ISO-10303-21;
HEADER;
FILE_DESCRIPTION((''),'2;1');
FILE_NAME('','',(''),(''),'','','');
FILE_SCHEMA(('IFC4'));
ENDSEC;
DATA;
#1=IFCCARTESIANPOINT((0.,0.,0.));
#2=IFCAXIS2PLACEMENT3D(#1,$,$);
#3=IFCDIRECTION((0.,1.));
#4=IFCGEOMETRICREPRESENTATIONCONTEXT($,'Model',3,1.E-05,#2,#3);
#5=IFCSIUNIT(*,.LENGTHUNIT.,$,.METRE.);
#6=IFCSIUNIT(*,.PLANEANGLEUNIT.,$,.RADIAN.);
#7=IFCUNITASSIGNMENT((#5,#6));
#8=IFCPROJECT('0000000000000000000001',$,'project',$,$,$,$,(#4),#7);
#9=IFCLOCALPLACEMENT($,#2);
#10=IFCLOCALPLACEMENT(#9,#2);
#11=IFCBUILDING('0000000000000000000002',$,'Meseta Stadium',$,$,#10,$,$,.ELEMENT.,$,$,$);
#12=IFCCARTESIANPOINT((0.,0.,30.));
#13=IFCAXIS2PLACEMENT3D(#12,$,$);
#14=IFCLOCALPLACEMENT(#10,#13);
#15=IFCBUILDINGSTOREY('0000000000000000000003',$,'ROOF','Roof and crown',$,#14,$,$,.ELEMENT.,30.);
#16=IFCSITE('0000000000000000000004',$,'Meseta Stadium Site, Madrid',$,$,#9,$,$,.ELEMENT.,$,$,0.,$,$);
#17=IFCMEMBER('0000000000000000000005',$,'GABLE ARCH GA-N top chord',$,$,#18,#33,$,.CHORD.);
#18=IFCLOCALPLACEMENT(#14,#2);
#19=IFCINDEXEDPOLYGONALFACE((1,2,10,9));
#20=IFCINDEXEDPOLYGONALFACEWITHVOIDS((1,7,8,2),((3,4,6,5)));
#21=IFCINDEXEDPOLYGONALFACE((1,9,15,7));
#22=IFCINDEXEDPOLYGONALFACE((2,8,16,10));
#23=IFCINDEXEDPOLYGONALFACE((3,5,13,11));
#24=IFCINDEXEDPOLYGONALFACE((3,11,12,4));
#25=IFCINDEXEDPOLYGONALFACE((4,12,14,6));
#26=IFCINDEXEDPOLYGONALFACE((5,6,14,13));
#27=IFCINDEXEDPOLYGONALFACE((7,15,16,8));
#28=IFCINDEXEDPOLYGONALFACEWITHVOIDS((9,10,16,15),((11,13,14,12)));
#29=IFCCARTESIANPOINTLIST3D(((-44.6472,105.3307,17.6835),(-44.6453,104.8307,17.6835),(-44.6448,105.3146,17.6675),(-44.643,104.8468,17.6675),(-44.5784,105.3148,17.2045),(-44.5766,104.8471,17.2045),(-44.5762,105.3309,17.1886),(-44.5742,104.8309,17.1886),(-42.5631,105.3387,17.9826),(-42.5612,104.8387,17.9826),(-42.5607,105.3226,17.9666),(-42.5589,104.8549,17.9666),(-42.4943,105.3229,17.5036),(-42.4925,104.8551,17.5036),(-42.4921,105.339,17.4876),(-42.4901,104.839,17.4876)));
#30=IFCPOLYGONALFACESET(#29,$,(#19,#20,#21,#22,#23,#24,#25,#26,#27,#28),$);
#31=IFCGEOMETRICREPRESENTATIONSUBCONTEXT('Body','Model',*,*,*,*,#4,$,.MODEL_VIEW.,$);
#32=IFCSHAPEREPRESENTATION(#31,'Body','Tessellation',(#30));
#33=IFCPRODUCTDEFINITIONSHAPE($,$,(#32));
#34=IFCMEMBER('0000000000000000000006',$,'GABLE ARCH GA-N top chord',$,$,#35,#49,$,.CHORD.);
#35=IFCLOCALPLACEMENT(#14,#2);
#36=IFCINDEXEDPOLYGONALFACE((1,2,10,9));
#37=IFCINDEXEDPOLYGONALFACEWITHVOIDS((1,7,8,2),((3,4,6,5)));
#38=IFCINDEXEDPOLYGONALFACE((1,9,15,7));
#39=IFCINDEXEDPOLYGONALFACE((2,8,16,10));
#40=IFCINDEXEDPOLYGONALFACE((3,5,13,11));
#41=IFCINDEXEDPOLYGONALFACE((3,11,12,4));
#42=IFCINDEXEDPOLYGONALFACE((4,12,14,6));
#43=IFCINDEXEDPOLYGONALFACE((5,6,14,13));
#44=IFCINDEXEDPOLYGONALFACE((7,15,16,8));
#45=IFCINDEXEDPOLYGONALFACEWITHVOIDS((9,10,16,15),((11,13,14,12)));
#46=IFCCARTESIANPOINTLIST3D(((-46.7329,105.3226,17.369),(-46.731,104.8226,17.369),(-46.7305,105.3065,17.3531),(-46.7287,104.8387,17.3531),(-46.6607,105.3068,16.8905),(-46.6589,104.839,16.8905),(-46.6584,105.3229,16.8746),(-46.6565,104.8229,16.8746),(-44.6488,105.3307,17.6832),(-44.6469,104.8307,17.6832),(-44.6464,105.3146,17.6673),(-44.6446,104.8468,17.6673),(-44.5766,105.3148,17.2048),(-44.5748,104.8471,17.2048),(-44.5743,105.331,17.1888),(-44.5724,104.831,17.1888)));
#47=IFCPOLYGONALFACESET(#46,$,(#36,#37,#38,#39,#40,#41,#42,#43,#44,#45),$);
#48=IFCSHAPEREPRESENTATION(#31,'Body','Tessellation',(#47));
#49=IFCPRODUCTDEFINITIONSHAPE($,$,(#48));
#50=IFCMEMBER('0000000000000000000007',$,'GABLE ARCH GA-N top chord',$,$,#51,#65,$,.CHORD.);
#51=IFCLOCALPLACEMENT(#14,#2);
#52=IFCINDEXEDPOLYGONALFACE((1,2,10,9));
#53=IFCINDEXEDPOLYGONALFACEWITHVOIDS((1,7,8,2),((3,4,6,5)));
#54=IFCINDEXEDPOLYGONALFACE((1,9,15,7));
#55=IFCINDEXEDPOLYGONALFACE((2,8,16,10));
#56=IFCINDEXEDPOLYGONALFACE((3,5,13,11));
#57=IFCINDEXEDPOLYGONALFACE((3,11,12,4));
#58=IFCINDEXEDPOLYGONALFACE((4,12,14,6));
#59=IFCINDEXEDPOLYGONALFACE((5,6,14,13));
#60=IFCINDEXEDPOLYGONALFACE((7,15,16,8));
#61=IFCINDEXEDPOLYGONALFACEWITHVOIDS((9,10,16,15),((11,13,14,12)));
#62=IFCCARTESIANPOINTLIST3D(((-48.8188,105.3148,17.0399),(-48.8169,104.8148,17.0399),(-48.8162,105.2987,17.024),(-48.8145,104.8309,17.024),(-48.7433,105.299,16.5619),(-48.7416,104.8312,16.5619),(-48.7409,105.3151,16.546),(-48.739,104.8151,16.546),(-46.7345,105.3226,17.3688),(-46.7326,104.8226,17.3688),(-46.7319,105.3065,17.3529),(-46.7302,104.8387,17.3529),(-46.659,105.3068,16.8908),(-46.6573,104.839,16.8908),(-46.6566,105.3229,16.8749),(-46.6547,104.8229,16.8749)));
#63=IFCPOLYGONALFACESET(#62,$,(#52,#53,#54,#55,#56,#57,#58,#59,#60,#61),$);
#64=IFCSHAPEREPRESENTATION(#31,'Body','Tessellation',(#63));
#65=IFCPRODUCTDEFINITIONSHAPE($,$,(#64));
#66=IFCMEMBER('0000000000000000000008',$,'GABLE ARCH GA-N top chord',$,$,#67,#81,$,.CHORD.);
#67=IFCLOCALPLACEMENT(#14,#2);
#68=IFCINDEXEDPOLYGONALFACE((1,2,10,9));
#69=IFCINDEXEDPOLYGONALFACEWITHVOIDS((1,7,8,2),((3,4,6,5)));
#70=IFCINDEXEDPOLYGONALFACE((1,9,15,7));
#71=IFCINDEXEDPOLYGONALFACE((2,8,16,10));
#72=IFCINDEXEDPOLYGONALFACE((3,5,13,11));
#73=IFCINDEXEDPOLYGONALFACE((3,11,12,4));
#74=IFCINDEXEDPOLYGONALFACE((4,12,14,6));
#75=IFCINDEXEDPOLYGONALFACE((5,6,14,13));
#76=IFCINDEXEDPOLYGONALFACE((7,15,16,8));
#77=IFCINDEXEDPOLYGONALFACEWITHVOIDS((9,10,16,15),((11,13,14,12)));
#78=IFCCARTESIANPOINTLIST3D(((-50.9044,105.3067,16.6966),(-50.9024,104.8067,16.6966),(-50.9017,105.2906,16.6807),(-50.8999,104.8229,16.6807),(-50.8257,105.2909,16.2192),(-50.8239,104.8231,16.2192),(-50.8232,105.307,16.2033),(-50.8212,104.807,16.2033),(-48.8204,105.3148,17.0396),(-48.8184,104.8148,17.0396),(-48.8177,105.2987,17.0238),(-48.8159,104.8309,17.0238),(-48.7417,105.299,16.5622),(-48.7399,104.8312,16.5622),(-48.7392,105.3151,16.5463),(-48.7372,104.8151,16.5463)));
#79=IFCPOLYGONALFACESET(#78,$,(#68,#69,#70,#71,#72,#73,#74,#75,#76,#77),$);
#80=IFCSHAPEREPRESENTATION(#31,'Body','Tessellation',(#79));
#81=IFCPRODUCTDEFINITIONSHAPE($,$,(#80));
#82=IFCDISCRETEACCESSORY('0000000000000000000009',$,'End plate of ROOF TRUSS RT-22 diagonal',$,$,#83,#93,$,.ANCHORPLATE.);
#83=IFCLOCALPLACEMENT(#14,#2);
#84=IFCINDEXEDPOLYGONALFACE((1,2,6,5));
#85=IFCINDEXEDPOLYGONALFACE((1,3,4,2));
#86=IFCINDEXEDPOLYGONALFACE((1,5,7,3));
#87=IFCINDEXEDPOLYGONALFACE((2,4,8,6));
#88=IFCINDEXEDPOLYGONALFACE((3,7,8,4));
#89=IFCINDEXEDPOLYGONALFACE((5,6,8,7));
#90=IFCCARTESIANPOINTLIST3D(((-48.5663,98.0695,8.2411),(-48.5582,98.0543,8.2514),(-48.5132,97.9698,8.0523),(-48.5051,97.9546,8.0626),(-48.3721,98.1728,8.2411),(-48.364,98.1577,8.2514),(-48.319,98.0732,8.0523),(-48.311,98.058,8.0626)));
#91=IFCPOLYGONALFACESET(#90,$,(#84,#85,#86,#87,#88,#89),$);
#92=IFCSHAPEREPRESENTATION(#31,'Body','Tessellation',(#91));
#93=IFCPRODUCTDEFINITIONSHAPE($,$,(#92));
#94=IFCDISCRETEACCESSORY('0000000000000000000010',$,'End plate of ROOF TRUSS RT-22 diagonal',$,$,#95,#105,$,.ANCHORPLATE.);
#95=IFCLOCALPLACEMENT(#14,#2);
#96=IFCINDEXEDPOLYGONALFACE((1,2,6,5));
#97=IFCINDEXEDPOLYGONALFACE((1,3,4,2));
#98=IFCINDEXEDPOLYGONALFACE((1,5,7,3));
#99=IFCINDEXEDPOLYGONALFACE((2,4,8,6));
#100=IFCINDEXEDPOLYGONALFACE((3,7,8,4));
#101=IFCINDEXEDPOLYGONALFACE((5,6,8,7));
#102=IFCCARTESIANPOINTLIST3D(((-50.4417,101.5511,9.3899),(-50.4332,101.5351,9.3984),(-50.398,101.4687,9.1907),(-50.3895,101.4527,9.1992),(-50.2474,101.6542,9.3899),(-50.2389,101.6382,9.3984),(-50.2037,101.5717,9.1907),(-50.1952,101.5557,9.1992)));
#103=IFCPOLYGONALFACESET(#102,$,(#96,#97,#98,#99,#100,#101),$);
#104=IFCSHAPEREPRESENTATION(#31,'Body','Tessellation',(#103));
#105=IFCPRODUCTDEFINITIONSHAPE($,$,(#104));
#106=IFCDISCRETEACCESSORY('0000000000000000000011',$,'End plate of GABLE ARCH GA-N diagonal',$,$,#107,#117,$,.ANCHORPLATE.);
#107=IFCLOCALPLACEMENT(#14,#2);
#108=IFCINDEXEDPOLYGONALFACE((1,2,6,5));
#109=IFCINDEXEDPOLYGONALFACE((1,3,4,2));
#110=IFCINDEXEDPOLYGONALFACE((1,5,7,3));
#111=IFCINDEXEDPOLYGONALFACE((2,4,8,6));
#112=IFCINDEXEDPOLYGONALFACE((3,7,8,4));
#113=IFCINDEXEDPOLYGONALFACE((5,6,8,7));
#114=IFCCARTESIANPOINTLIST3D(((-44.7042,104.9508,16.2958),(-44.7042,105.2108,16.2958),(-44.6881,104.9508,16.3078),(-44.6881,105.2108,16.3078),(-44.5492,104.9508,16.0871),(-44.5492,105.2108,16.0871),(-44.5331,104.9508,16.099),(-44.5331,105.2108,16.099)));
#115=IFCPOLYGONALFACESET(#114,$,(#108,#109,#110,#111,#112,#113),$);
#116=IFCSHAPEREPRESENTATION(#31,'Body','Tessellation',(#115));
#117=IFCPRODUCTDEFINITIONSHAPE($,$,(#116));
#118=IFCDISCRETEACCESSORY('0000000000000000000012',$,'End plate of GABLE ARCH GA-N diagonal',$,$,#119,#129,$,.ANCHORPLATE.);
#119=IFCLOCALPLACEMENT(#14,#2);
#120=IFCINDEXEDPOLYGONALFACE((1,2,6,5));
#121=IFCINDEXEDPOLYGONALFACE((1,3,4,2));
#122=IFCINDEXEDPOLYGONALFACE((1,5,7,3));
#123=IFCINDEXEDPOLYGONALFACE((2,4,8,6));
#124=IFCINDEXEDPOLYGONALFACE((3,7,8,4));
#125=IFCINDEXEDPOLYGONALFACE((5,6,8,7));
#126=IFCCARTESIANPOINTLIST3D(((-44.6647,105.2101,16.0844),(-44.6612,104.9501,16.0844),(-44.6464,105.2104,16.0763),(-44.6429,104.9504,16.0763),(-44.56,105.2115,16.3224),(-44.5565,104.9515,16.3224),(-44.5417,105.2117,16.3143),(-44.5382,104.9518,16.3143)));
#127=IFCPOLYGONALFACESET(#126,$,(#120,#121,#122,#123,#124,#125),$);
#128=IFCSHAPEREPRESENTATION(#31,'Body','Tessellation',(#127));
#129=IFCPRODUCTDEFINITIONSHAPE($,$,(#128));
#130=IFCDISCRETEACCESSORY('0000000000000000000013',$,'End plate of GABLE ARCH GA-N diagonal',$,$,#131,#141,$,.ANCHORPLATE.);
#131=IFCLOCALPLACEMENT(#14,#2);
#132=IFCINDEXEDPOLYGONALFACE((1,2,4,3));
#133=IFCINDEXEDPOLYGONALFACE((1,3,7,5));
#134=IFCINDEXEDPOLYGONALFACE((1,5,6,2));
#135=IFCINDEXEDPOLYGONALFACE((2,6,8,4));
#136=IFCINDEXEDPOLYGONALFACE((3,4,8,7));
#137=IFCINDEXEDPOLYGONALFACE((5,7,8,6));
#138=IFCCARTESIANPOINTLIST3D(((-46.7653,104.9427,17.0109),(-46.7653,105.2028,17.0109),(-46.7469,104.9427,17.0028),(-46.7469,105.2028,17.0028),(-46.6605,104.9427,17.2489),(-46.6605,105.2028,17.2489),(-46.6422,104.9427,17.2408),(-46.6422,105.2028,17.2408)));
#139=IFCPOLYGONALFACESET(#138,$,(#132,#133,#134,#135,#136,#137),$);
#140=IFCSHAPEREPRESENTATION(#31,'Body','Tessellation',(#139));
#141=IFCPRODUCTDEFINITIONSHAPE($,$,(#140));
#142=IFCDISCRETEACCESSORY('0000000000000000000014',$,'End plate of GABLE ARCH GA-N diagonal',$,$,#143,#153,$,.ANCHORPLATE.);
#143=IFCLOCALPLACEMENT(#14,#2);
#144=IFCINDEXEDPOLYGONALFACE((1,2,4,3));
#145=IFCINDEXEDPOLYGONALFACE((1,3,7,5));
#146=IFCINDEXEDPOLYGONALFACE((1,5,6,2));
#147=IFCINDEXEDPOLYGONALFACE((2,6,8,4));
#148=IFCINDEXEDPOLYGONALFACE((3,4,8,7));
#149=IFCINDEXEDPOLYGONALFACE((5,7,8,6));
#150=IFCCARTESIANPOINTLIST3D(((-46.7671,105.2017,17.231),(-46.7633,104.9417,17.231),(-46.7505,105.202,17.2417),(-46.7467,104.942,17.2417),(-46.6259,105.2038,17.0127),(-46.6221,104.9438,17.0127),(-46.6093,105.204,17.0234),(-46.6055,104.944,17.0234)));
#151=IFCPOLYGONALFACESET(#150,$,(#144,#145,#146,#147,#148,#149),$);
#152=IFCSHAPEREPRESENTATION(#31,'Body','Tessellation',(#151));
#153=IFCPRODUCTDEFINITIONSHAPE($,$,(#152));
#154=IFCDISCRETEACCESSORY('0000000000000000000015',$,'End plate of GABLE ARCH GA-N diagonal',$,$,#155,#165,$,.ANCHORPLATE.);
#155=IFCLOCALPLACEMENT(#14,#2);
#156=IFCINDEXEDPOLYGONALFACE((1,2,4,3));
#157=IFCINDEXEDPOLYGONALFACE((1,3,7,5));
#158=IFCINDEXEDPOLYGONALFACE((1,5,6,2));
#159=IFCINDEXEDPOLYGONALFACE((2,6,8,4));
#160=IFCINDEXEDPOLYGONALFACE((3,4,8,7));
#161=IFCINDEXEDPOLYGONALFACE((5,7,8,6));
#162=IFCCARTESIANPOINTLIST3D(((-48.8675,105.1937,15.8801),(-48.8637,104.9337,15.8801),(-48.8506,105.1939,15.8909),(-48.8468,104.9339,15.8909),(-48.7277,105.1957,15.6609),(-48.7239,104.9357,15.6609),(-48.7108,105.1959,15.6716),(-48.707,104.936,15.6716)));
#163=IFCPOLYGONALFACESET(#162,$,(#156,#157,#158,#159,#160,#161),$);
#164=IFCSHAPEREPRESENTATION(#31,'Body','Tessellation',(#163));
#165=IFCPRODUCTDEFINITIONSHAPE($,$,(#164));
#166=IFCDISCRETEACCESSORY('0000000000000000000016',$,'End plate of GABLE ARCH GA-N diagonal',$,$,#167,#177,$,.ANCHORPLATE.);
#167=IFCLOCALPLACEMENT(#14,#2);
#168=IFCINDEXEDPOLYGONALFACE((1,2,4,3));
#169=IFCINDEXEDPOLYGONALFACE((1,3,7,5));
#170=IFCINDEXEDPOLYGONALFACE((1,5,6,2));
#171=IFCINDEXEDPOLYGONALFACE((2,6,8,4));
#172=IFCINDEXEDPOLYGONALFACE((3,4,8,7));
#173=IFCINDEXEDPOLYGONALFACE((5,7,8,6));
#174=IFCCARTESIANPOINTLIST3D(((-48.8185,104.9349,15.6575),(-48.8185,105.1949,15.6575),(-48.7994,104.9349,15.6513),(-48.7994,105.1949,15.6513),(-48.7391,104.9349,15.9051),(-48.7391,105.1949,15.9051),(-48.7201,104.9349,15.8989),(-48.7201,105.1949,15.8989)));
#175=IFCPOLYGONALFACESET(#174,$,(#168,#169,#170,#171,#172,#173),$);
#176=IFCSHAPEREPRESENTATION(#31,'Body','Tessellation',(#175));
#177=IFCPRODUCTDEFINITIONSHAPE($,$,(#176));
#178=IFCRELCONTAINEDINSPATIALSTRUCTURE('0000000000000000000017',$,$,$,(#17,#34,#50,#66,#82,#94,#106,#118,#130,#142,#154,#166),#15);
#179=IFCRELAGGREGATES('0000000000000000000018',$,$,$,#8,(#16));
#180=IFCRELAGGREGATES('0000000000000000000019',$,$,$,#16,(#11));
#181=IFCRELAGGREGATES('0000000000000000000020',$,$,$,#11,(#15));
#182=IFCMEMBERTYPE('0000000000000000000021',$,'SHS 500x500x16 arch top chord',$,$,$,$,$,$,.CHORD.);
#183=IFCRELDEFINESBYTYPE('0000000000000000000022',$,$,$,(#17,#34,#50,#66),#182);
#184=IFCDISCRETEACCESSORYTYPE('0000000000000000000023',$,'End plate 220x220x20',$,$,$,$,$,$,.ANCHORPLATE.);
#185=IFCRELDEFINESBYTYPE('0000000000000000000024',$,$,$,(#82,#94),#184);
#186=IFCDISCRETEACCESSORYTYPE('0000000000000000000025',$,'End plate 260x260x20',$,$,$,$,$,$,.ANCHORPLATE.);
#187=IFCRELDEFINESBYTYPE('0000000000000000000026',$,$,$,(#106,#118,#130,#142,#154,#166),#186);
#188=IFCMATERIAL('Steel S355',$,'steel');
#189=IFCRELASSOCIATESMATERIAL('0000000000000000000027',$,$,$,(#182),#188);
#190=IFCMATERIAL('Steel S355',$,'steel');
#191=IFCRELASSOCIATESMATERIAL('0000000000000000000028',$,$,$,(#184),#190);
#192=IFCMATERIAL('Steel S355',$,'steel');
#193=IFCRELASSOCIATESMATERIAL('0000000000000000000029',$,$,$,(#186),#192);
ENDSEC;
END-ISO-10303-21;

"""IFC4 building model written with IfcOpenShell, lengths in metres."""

from ifc_helpers import new_model, si_unit, direction, frame, origin, origin_2d, place, context, subcontext, project, spatial, rectangle, hollow_rectangle, extrude, material, material_profile, profile_set, type_object, element, save


model = new_model("IFC4")

# Units and contexts
model_context = context("Model", 3, precision=1e-05, world=origin(), true_north=direction((0.0, 1.0)))
body_context = subcontext(model_context, "Body", "Model", "MODEL_VIEW")
ifc_project = project(units=[si_unit("LENGTHUNIT", "METRE"), si_unit("PLANEANGLEUNIT", "RADIAN")], contexts=[model_context])

# Site, building, storey
site_placement = place(None, origin())
site = spatial("IfcSite", under=ifc_project, at=site_placement, Name="Meseta Stadium Site, Madrid", CompositionType="ELEMENT", RefElevation=0.0)
building_placement = place(site_placement, origin())
building = spatial("IfcBuilding", under=site, at=building_placement, Name="Meseta Stadium", CompositionType="ELEMENT")
storey_placement = place(building_placement, frame((0.0, 0.0, 30.0)))
storey = spatial("IfcBuildingStorey", under=building, at=storey_placement, Name="ROOF", Description="Roof and crown", CompositionType="ELEMENT", Elevation=30.0)

# Members
ifc_material_1 = material(Name="Steel S355", Category="steel")
ifc_material_profile_1 = material_profile(ifc_material_1, hollow_rectangle(XDim=0.5, YDim=0.5, WallThickness=0.0161, at=origin_2d()), Name="SHS 500x500x16")
ifc_profile_set_1 = profile_set([ifc_material_profile_1], Name="Steel S355")
member_type_1 = type_object("IfcMemberType", Name="SHS 500x500x16 arch top chord", PredefinedType="CHORD", material=ifc_profile_set_1)
member_1_placement = place(storey_placement, frame((-42.5266, 105.0889, 17.7351), z_axis=(-0.989852, -0.003827, -0.142053), x_axis=(0.003866, -0.999993, 0.0)))
element("IfcMember", 1, at=member_1_placement, inside=storey, type_object=member_type_1, Name="GABLE ARCH GA-N top chord", PredefinedType="CHORD", context=body_context, shape_type="SweptSolid", body=[
    extrude(hollow_rectangle(XDim=0.5, YDim=0.5, WallThickness=0.0161, at=origin_2d()), origin(), (0.0, 0.0, 1.0), 2.1055),
])
member_2_placement = place(storey_placement, frame((-44.6106, 105.0808, 17.436), z_axis=(-0.988817, -0.003823, -0.149087), x_axis=(0.003866, -0.999993, 0.0)))
element("IfcMember", 2, at=member_2_placement, inside=storey, type_object=member_type_1, Name="GABLE ARCH GA-N top chord", PredefinedType="CHORD", context=body_context, shape_type="SweptSolid", body=[
    extrude(hollow_rectangle(XDim=0.5, YDim=0.5, WallThickness=0.0161, at=origin_2d()), origin(), (0.0, 0.0, 1.0), 2.1077),
])
member_3_placement = place(storey_placement, frame((-46.6946, 105.0728, 17.1218), z_axis=(-0.987773, -0.003703, -0.155855), x_axis=(0.003748, -0.999993, 0.0)))
element("IfcMember", 3, at=member_3_placement, inside=storey, type_object=member_type_1, Name="GABLE ARCH GA-N top chord", PredefinedType="CHORD", context=body_context, shape_type="SweptSolid", body=[
    extrude(hollow_rectangle(XDim=0.5, YDim=0.5, WallThickness=0.0161, at=origin_2d()), origin(), (0.0, 0.0, 1.0), 2.1101),
])
member_4_placement = place(storey_placement, frame((-48.7788, 105.0649, 16.793), z_axis=(-0.986716, -0.003815, -0.16241), x_axis=(0.003866, -0.999993, 0.0)))
element("IfcMember", 4, at=member_4_placement, inside=storey, type_object=member_type_1, Name="GABLE ARCH GA-N top chord", PredefinedType="CHORD", context=body_context, shape_type="SweptSolid", body=[
    extrude(hollow_rectangle(XDim=0.5, YDim=0.5, WallThickness=0.0161, at=origin_2d()), origin(), (0.0, 0.0, 1.0), 2.1121),
])

# Discrete accessories
ifc_material_2 = material(Name="Steel S355", Category="steel")
ifc_material_profile_2 = material_profile(ifc_material_2, rectangle(XDim=0.22, YDim=0.22, at=origin_2d()), Name="PL 220x220")
ifc_profile_set_2 = profile_set([ifc_material_profile_2], Name="Steel S355")
discrete_accessory_type_1 = type_object("IfcDiscreteAccessoryType", Name="End plate 220x220x20", PredefinedType="ANCHORPLATE", material=ifc_profile_set_2)
for number, where, z_axis, x_axis, name in (
    (5, (-48.4346, 98.0562, 8.157), (-0.403249, 0.75762, -0.513227), (-0.882747, -0.469849, 0.0), "End plate of ROOF TRUSS RT-22 diagonal"),
    (6, (-50.3142, 101.5454, 9.2988), (-0.42425, 0.800015, -0.42425), (-0.883462, -0.468503, 0.0), "End plate of ROOF TRUSS RT-22 diagonal"),
):
    element("IfcDiscreteAccessory", number, at=place(storey_placement, frame(where, z_axis=z_axis, x_axis=x_axis)), inside=storey, type_object=discrete_accessory_type_1, Name=name, PredefinedType="ANCHORPLATE", context=body_context, shape_type="SweptSolid", body=[
        extrude(rectangle(XDim=0.22, YDim=0.22, at=origin_2d()), origin(), (0.0, 0.0, 1.0), 0.02),
    ])
ifc_material_3 = material(Name="Steel S355", Category="steel")
ifc_material_profile_3 = material_profile(ifc_material_3, rectangle(XDim=0.26, YDim=0.26, at=origin_2d()), Name="PL 260x260")
ifc_profile_set_3 = profile_set([ifc_material_profile_3], Name="Steel S355")
discrete_accessory_type_2 = type_object("IfcDiscreteAccessoryType", Name="End plate 260x260x20", PredefinedType="ANCHORPLATE", material=ifc_profile_set_3)
for number, where, z_axis, x_axis, name in (
    (7, (-44.6106, 105.0808, 16.2034), (-0.80291, 0.0, -0.5961), (0.0, -1.0, 0.0), "End plate of GABLE ARCH GA-N diagonal"),
    (8, (-44.5923, 105.0811, 16.1953), (-0.915247, -0.012203, 0.402709), (0.013332, -0.999911, 0.0), "End plate of GABLE ARCH GA-N diagonal"),
    (9, (-46.6946, 105.0728, 17.1218), (-0.915315, 0.0, 0.402739), (0.0, -1.0, 0.0), "End plate of GABLE ARCH GA-N diagonal"),
):
    element("IfcDiscreteAccessory", number, at=place(storey_placement, frame(where, z_axis=z_axis, x_axis=x_axis)), inside=storey, type_object=discrete_accessory_type_2, Name=name, PredefinedType="ANCHORPLATE", context=body_context, shape_type="SweptSolid", body=[
        extrude(rectangle(XDim=0.26, YDim=0.26, at=origin_2d()), origin(), (0.0, 0.0, 1.0), 0.02),
    ])
discrete_accessory_placement = place(storey_placement, frame((-46.678, 105.073, 17.1326), z_axis=(-0.839506, -0.012346, -0.54321), x_axis=(0.014704, -0.999892, 0.0)))
element("IfcDiscreteAccessory", 10, at=discrete_accessory_placement, inside=storey, type_object=discrete_accessory_type_2, Name="End plate of GABLE ARCH GA-N diagonal", PredefinedType="ANCHORPLATE", context=body_context, shape_type="SweptSolid", body=[
    extrude(rectangle(XDim=0.26, YDim=0.26, at=origin_2d()), origin(), (0.0, 0.0, 1.0), 0.0198),
])
for number, where, z_axis, x_axis, name in (
    (11, (-48.7788, 105.0649, 15.7812), (-0.843095, -0.012219, -0.537626), (0.014491, -0.999895, 0.0), "End plate of GABLE ARCH GA-N diagonal"),
    (12, (-48.7598, 105.0649, 15.7751), (-0.952282, 0.0, 0.305219), (0.0, -1.0, 0.0), "End plate of GABLE ARCH GA-N diagonal"),
):
    element("IfcDiscreteAccessory", number, at=place(storey_placement, frame(where, z_axis=z_axis, x_axis=x_axis)), inside=storey, type_object=discrete_accessory_type_2, Name=name, PredefinedType="ANCHORPLATE", context=body_context, shape_type="SweptSolid", body=[
        extrude(rectangle(XDim=0.26, YDim=0.26, at=origin_2d()), origin(), (0.0, 0.0, 1.0), 0.02),
    ])

save(model, "model.ifc")
